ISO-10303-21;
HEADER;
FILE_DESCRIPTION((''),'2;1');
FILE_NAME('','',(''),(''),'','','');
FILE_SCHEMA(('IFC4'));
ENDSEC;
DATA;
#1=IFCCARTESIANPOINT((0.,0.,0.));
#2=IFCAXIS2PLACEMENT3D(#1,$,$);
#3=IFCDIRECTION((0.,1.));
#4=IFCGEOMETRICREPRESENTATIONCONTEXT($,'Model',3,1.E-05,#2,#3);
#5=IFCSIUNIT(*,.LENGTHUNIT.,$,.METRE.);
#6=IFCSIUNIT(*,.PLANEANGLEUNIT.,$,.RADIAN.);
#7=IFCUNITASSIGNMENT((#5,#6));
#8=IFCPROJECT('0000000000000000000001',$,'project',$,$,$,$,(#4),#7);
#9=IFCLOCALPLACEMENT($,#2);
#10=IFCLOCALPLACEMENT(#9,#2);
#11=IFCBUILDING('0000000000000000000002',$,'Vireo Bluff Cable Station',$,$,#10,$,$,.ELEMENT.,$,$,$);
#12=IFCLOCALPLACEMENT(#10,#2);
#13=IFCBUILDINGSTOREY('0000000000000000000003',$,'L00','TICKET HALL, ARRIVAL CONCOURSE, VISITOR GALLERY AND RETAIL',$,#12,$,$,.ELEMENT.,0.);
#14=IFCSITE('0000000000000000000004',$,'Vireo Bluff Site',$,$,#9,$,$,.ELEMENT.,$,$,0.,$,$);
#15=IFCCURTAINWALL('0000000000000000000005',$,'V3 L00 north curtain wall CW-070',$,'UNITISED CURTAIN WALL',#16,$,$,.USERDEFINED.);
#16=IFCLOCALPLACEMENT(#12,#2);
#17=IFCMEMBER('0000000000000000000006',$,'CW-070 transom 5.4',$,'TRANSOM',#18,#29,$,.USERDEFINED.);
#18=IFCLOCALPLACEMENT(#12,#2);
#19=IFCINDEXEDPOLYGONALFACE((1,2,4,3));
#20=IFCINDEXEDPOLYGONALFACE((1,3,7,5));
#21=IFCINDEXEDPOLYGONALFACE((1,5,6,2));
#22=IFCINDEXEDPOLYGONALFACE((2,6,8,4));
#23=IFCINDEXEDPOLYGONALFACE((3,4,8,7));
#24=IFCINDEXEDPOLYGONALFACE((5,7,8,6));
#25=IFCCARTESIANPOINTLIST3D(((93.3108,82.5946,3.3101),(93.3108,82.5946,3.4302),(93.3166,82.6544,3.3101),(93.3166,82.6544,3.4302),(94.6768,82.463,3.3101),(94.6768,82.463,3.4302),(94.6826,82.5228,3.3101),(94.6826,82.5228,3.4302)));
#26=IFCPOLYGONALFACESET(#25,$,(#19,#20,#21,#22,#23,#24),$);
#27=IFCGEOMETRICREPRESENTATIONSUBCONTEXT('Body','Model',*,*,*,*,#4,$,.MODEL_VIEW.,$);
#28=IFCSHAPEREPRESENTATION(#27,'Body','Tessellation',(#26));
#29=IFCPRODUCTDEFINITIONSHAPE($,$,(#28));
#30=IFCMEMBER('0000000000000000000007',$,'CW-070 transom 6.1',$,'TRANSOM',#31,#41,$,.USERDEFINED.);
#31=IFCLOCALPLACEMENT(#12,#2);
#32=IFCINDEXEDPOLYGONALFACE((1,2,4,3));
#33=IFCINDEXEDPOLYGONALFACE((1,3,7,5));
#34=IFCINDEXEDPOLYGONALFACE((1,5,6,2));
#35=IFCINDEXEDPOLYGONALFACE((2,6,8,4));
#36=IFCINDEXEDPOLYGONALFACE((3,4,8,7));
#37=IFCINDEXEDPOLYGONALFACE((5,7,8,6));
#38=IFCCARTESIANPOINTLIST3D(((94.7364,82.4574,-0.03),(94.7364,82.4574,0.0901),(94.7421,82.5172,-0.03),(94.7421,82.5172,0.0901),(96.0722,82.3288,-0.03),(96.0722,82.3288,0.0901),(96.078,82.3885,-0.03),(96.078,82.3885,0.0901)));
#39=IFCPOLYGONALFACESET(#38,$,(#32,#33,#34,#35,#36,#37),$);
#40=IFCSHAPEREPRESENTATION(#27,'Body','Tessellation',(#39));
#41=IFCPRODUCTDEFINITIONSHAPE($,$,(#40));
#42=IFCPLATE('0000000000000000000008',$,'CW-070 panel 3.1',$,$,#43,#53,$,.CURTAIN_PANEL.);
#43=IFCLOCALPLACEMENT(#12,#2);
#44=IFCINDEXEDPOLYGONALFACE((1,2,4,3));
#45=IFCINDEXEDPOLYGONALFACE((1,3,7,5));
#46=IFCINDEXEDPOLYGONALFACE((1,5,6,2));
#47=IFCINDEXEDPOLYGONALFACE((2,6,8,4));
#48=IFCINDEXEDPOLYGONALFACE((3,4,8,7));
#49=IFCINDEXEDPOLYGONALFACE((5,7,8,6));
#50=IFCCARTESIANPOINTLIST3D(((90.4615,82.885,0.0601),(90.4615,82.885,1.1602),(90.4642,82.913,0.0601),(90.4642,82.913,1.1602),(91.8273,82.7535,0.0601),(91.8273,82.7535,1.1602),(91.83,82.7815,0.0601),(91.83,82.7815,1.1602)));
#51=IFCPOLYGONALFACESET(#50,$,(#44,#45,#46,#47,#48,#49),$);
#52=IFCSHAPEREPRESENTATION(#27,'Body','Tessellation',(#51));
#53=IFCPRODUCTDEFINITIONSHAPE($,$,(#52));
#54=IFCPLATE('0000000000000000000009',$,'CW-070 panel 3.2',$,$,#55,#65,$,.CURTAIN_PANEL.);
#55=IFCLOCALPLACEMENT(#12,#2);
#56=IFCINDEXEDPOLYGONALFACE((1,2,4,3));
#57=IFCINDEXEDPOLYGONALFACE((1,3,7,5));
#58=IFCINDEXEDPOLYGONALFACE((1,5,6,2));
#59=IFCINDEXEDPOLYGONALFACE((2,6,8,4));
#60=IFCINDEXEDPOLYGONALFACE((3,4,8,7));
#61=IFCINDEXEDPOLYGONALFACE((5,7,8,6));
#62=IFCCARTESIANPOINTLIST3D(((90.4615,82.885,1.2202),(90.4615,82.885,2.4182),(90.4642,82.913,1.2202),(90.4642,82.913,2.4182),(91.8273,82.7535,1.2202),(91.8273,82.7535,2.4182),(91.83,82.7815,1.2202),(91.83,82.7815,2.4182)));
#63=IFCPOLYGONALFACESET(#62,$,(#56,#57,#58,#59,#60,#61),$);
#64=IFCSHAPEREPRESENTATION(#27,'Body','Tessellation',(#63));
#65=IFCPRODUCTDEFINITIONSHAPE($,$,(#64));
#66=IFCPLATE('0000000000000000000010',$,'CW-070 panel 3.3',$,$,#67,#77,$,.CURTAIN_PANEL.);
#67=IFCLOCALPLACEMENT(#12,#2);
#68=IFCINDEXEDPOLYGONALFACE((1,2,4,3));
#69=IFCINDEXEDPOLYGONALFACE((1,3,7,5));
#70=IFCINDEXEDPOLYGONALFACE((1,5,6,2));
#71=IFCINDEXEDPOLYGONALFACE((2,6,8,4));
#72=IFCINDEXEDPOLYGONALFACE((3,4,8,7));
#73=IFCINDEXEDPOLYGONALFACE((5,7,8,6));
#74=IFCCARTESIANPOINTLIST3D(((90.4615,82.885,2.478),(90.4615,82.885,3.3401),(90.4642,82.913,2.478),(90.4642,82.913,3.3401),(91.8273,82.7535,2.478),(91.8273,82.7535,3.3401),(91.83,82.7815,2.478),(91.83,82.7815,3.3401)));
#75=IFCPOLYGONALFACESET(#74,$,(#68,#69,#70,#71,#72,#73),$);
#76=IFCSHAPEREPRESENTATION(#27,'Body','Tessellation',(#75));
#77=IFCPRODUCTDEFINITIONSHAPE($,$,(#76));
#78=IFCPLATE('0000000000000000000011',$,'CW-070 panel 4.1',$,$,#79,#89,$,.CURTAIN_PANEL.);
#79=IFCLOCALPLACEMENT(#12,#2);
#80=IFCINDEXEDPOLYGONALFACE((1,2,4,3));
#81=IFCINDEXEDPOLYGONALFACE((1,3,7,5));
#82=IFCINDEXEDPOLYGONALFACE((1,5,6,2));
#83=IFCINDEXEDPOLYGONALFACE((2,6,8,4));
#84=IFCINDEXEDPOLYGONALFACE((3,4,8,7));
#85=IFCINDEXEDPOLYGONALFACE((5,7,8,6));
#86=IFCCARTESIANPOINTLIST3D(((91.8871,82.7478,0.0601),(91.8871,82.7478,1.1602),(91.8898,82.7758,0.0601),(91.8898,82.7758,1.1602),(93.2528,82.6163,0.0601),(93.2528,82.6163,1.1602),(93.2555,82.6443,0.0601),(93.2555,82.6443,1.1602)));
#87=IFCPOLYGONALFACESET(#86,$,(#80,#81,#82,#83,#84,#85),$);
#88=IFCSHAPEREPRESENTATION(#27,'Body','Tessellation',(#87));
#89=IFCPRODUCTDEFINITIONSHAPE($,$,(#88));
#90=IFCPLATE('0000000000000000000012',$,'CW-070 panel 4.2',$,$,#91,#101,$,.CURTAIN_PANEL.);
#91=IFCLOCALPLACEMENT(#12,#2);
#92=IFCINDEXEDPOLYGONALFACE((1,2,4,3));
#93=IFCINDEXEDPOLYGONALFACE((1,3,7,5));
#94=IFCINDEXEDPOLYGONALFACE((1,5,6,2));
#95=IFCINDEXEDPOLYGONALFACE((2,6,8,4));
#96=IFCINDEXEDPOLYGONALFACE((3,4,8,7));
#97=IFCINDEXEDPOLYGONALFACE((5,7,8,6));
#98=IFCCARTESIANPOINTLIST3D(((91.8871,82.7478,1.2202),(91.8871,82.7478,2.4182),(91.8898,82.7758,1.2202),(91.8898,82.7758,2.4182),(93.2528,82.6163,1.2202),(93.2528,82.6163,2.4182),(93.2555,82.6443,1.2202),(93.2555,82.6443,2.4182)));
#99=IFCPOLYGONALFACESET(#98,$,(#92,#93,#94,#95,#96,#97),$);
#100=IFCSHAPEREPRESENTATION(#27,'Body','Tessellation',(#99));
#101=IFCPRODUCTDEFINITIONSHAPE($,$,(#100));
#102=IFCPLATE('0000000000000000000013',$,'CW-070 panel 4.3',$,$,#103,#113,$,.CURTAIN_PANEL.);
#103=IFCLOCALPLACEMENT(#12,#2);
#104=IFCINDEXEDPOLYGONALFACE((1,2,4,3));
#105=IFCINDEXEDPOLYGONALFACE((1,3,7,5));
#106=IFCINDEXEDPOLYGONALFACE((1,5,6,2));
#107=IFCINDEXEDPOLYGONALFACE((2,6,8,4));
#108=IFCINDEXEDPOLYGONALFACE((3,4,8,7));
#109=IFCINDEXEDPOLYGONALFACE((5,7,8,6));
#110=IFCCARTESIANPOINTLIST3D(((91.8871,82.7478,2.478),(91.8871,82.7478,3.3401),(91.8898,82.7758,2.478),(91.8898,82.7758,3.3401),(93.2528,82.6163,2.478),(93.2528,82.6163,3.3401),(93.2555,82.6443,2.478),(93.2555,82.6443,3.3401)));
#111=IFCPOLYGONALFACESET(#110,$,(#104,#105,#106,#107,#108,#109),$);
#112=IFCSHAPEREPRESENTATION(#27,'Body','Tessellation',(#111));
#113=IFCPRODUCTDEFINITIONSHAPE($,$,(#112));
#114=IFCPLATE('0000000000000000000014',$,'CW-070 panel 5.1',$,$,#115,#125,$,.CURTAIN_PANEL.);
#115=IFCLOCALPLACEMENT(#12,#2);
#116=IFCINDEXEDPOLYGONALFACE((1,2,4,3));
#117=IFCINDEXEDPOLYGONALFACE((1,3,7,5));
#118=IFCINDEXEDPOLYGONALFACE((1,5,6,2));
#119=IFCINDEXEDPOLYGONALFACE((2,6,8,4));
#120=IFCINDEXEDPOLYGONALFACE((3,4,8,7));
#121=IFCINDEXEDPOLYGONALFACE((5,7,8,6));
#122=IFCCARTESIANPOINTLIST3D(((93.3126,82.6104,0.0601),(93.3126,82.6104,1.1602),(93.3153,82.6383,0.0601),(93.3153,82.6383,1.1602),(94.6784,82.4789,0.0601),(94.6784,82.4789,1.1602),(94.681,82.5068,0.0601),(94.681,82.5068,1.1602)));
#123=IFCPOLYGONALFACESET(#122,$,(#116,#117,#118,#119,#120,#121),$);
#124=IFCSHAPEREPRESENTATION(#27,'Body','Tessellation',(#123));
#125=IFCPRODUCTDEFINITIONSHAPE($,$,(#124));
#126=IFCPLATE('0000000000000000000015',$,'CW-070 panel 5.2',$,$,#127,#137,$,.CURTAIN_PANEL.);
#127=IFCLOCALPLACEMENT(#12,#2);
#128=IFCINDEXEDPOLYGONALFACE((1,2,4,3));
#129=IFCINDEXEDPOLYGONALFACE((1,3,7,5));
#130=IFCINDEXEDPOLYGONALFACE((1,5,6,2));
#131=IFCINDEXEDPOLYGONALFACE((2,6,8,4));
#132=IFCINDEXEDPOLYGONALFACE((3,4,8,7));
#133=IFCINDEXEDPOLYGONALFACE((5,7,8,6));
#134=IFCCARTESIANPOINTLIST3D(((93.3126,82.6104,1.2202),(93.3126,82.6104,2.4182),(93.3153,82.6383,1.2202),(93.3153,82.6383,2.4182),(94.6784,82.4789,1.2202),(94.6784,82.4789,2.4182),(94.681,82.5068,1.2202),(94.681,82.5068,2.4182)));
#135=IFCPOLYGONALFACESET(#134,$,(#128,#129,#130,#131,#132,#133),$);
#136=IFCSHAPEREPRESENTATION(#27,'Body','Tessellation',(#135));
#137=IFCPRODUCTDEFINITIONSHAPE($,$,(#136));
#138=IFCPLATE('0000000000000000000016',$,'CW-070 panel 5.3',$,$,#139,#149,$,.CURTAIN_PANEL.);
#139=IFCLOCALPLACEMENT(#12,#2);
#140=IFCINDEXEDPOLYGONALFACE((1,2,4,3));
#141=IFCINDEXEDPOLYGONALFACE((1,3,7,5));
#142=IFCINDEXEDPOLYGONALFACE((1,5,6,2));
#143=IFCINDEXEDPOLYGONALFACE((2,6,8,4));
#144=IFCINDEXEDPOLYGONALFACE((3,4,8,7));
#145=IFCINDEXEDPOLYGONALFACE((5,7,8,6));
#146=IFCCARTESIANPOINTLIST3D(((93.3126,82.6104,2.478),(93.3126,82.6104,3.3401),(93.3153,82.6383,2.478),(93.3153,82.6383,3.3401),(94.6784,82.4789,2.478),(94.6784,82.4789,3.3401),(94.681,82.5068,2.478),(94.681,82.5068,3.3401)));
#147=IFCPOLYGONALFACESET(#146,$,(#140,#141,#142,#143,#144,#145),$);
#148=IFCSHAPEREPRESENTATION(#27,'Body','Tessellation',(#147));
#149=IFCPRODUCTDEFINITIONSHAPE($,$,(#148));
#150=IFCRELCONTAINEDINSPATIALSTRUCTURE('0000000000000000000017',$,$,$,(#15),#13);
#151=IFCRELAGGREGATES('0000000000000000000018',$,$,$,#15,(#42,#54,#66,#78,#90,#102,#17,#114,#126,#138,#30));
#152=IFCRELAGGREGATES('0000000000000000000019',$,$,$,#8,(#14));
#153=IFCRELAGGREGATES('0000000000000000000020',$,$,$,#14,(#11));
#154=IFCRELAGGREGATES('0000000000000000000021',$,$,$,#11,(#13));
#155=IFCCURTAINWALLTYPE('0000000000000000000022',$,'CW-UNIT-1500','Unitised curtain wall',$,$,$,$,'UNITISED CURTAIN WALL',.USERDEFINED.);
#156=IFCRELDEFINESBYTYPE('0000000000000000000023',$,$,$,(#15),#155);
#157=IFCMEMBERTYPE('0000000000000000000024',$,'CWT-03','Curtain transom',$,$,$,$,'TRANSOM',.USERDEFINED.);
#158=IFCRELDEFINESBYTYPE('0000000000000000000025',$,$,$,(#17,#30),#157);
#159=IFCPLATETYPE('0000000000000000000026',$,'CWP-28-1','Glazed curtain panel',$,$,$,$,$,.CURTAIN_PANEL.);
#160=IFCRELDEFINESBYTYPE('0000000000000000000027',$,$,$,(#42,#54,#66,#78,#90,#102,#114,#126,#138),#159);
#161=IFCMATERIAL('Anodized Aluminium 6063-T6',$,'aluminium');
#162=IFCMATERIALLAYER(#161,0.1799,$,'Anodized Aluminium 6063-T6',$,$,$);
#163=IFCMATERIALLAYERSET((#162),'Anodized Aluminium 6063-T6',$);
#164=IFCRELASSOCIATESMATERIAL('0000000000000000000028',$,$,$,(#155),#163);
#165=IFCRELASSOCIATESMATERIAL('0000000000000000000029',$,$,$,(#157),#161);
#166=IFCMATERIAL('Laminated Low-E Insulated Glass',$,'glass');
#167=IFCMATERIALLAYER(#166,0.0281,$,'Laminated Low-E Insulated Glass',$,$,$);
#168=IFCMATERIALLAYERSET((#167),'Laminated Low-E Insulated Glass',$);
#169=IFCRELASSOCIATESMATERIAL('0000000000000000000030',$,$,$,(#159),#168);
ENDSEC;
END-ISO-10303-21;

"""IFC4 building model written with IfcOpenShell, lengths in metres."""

from ifc_helpers import new_model, si_unit, direction, frame, origin, origin_2d, place, context, subcontext, project, spatial, rectangle, extrude, material, layer, layer_set, material_profile, profile_set, type_object, element, aggregate, save


model = new_model("IFC4")

# Units and contexts
model_context = context("Model", 3, precision=1e-05, world=origin(), true_north=direction((0.0, 1.0)))
body_context = subcontext(model_context, "Body", "Model", "MODEL_VIEW")
ifc_project = project(units=[si_unit("LENGTHUNIT", "METRE"), si_unit("PLANEANGLEUNIT", "RADIAN")], contexts=[model_context])

# Site, building, storey
site_placement = place(None, origin())
site = spatial("IfcSite", under=ifc_project, at=site_placement, Name="Vireo Bluff Site", CompositionType="ELEMENT", RefElevation=0.0)
building_placement = place(site_placement, origin())
building = spatial("IfcBuilding", under=site, at=building_placement, Name="Vireo Bluff Cable Station", CompositionType="ELEMENT")
storey_placement = place(building_placement, origin())
storey = spatial("IfcBuildingStorey", under=building, at=storey_placement, Name="L00", Description="TICKET HALL, ARRIVAL CONCOURSE, VISITOR GALLERY AND RETAIL", CompositionType="ELEMENT", Elevation=0.0)

# Curtain wall, members, plates
ifc_material_1 = material(Name="Anodized Aluminium 6063-T6", Category="aluminium")
ifc_layer_1 = layer(ifc_material_1, 0.1799, Name="Anodized Aluminium 6063-T6")
ifc_layer_set_1 = layer_set([ifc_layer_1], Name="Anodized Aluminium 6063-T6")
curtain_wall_type = type_object("IfcCurtainWallType", Name="CW-UNIT-1500", Description="Unitised curtain wall", ElementType="UNITISED CURTAIN WALL", PredefinedType="USERDEFINED", material=ifc_layer_set_1)
curtain_wall_placement = place(storey_placement, origin())
curtain_wall = element("IfcCurtainWall", 1, at=curtain_wall_placement, inside=storey, type_object=curtain_wall_type, Name="V3 L00 north curtain wall CW-070", ObjectType="UNITISED CURTAIN WALL", PredefinedType="USERDEFINED")
ifc_material_profile_1 = material_profile(ifc_material_1, rectangle(XDim=0.0601, YDim=0.1201, at=origin_2d()), Name="ALU-T-60X120")
ifc_profile_set_1 = profile_set([ifc_material_profile_1], Name="Anodized Aluminium 6063-T6")
member_type_1 = type_object("IfcMemberType", Name="CWT-03", Description="Curtain transom", ElementType="TRANSOM", PredefinedType="USERDEFINED", material=ifc_profile_set_1)
member_1_placement = place(storey_placement, frame((93.3137, 82.6245, 3.3701), z_axis=(0.995392, -0.095892, 0.0), x_axis=(0.095892, 0.995392, 0.0)))
member_1 = element("IfcMember", 2, at=member_1_placement, type_object=member_type_1, Name="CW-070 transom 5.4", ObjectType="TRANSOM", PredefinedType="USERDEFINED", context=body_context, shape_type="SweptSolid", body=[
    extrude(rectangle(XDim=0.0601, YDim=0.1201, at=origin_2d()), origin(), (0.0, 0.0, 1.0), 1.3723),
])
member_2_placement = place(storey_placement, frame((94.7393, 82.4873, 0.03), z_axis=(0.995394, -0.095865, 0.0), x_axis=(0.095865, 0.995394, 0.0)))
member_2 = element("IfcMember", 3, at=member_2_placement, type_object=member_type_1, Name="CW-070 transom 6.1", ObjectType="TRANSOM", PredefinedType="USERDEFINED", context=body_context, shape_type="SweptSolid", body=[
    extrude(rectangle(XDim=0.0601, YDim=0.1201, at=origin_2d()), origin(), (0.0, 0.0, 1.0), 1.342),
])
ifc_material_2 = material(Name="Laminated Low-E Insulated Glass", Category="glass")
ifc_layer_2 = layer(ifc_material_2, 0.0281, Name="Laminated Low-E Insulated Glass")
ifc_layer_set_2 = layer_set([ifc_layer_2], Name="Laminated Low-E Insulated Glass")
plate_type = type_object("IfcPlateType", Name="CWP-28-1", Description="Glazed curtain panel", PredefinedType="CURTAIN_PANEL", material=ifc_layer_set_2)
plate_1_placement = place(storey_placement, frame((91.1458, 82.8333, 0.0601), z_axis=(0.0, 0.0, 1.0), x_axis=(0.995396, -0.095846, 0.0)))
plate_1 = element("IfcPlate", 4, at=plate_1_placement, type_object=plate_type, Name="CW-070 panel 3.1", PredefinedType="CURTAIN_PANEL", context=body_context, shape_type="SweptSolid", body=[
    extrude(rectangle(XDim=1.3721, YDim=0.0281, at=origin_2d()), origin(), (0.0, 0.0, 1.0), 1.1001),
])
plate_2_placement = place(storey_placement, frame((91.1458, 82.8333, 1.2202), z_axis=(0.0, 0.0, 1.0), x_axis=(0.995396, -0.095846, 0.0)))
plate_2 = element("IfcPlate", 5, at=plate_2_placement, type_object=plate_type, Name="CW-070 panel 3.2", PredefinedType="CURTAIN_PANEL", context=body_context, shape_type="SweptSolid", body=[
    extrude(rectangle(XDim=1.3721, YDim=0.0281, at=origin_2d()), origin(), (0.0, 0.0, 1.0), 1.198),
])
plate_3_placement = place(storey_placement, frame((91.1458, 82.8333, 2.478), z_axis=(0.0, 0.0, 1.0), x_axis=(0.995396, -0.095846, 0.0)))
plate_3 = element("IfcPlate", 6, at=plate_3_placement, type_object=plate_type, Name="CW-070 panel 3.3", PredefinedType="CURTAIN_PANEL", context=body_context, shape_type="SweptSolid", body=[
    extrude(rectangle(XDim=1.3721, YDim=0.0281, at=origin_2d()), origin(), (0.0, 0.0, 1.0), 0.8621),
])
plate_4_placement = place(storey_placement, frame((92.5713, 82.696, 0.0601), z_axis=(0.0, 0.0, 1.0), x_axis=(0.995396, -0.095846, 0.0)))
plate_4 = element("IfcPlate", 7, at=plate_4_placement, type_object=plate_type, Name="CW-070 panel 4.1", PredefinedType="CURTAIN_PANEL", context=body_context, shape_type="SweptSolid", body=[
    extrude(rectangle(XDim=1.3721, YDim=0.0281, at=origin_2d()), origin(), (0.0, 0.0, 1.0), 1.1001),
])
plate_5_placement = place(storey_placement, frame((92.5713, 82.696, 1.2202), z_axis=(0.0, 0.0, 1.0), x_axis=(0.995396, -0.095846, 0.0)))
plate_5 = element("IfcPlate", 8, at=plate_5_placement, type_object=plate_type, Name="CW-070 panel 4.2", PredefinedType="CURTAIN_PANEL", context=body_context, shape_type="SweptSolid", body=[
    extrude(rectangle(XDim=1.3721, YDim=0.0281, at=origin_2d()), origin(), (0.0, 0.0, 1.0), 1.198),
])
plate_6_placement = place(storey_placement, frame((92.5713, 82.696, 2.478), z_axis=(0.0, 0.0, 1.0), x_axis=(0.995396, -0.095846, 0.0)))
plate_6 = element("IfcPlate", 9, at=plate_6_placement, type_object=plate_type, Name="CW-070 panel 4.3", PredefinedType="CURTAIN_PANEL", context=body_context, shape_type="SweptSolid", body=[
    extrude(rectangle(XDim=1.3721, YDim=0.0281, at=origin_2d()), origin(), (0.0, 0.0, 1.0), 0.8621),
])
plate_7_placement = place(storey_placement, frame((93.9968, 82.5586, 0.0601), z_axis=(0.0, 0.0, 1.0), x_axis=(0.995396, -0.095846, 0.0)))
plate_7 = element("IfcPlate", 10, at=plate_7_placement, type_object=plate_type, Name="CW-070 panel 5.1", PredefinedType="CURTAIN_PANEL", context=body_context, shape_type="SweptSolid", body=[
    extrude(rectangle(XDim=1.3721, YDim=0.0281, at=origin_2d()), origin(), (0.0, 0.0, 1.0), 1.1001),
])
plate_8_placement = place(storey_placement, frame((93.9968, 82.5586, 1.2202), z_axis=(0.0, 0.0, 1.0), x_axis=(0.995396, -0.095846, 0.0)))
plate_8 = element("IfcPlate", 11, at=plate_8_placement, type_object=plate_type, Name="CW-070 panel 5.2", PredefinedType="CURTAIN_PANEL", context=body_context, shape_type="SweptSolid", body=[
    extrude(rectangle(XDim=1.3721, YDim=0.0281, at=origin_2d()), origin(), (0.0, 0.0, 1.0), 1.198),
])
plate_9_placement = place(storey_placement, frame((93.9968, 82.5586, 2.478), z_axis=(0.0, 0.0, 1.0), x_axis=(0.995396, -0.095846, 0.0)))
plate_9 = element("IfcPlate", 12, at=plate_9_placement, type_object=plate_type, Name="CW-070 panel 5.3", PredefinedType="CURTAIN_PANEL", context=body_context, shape_type="SweptSolid", body=[
    extrude(rectangle(XDim=1.3721, YDim=0.0281, at=origin_2d()), origin(), (0.0, 0.0, 1.0), 0.8621),
])
aggregate(curtain_wall, [plate_1, plate_2, plate_3, plate_4, plate_5, plate_6, member_1, plate_7, plate_8, plate_9, member_2])

save(model, "model.ifc")
